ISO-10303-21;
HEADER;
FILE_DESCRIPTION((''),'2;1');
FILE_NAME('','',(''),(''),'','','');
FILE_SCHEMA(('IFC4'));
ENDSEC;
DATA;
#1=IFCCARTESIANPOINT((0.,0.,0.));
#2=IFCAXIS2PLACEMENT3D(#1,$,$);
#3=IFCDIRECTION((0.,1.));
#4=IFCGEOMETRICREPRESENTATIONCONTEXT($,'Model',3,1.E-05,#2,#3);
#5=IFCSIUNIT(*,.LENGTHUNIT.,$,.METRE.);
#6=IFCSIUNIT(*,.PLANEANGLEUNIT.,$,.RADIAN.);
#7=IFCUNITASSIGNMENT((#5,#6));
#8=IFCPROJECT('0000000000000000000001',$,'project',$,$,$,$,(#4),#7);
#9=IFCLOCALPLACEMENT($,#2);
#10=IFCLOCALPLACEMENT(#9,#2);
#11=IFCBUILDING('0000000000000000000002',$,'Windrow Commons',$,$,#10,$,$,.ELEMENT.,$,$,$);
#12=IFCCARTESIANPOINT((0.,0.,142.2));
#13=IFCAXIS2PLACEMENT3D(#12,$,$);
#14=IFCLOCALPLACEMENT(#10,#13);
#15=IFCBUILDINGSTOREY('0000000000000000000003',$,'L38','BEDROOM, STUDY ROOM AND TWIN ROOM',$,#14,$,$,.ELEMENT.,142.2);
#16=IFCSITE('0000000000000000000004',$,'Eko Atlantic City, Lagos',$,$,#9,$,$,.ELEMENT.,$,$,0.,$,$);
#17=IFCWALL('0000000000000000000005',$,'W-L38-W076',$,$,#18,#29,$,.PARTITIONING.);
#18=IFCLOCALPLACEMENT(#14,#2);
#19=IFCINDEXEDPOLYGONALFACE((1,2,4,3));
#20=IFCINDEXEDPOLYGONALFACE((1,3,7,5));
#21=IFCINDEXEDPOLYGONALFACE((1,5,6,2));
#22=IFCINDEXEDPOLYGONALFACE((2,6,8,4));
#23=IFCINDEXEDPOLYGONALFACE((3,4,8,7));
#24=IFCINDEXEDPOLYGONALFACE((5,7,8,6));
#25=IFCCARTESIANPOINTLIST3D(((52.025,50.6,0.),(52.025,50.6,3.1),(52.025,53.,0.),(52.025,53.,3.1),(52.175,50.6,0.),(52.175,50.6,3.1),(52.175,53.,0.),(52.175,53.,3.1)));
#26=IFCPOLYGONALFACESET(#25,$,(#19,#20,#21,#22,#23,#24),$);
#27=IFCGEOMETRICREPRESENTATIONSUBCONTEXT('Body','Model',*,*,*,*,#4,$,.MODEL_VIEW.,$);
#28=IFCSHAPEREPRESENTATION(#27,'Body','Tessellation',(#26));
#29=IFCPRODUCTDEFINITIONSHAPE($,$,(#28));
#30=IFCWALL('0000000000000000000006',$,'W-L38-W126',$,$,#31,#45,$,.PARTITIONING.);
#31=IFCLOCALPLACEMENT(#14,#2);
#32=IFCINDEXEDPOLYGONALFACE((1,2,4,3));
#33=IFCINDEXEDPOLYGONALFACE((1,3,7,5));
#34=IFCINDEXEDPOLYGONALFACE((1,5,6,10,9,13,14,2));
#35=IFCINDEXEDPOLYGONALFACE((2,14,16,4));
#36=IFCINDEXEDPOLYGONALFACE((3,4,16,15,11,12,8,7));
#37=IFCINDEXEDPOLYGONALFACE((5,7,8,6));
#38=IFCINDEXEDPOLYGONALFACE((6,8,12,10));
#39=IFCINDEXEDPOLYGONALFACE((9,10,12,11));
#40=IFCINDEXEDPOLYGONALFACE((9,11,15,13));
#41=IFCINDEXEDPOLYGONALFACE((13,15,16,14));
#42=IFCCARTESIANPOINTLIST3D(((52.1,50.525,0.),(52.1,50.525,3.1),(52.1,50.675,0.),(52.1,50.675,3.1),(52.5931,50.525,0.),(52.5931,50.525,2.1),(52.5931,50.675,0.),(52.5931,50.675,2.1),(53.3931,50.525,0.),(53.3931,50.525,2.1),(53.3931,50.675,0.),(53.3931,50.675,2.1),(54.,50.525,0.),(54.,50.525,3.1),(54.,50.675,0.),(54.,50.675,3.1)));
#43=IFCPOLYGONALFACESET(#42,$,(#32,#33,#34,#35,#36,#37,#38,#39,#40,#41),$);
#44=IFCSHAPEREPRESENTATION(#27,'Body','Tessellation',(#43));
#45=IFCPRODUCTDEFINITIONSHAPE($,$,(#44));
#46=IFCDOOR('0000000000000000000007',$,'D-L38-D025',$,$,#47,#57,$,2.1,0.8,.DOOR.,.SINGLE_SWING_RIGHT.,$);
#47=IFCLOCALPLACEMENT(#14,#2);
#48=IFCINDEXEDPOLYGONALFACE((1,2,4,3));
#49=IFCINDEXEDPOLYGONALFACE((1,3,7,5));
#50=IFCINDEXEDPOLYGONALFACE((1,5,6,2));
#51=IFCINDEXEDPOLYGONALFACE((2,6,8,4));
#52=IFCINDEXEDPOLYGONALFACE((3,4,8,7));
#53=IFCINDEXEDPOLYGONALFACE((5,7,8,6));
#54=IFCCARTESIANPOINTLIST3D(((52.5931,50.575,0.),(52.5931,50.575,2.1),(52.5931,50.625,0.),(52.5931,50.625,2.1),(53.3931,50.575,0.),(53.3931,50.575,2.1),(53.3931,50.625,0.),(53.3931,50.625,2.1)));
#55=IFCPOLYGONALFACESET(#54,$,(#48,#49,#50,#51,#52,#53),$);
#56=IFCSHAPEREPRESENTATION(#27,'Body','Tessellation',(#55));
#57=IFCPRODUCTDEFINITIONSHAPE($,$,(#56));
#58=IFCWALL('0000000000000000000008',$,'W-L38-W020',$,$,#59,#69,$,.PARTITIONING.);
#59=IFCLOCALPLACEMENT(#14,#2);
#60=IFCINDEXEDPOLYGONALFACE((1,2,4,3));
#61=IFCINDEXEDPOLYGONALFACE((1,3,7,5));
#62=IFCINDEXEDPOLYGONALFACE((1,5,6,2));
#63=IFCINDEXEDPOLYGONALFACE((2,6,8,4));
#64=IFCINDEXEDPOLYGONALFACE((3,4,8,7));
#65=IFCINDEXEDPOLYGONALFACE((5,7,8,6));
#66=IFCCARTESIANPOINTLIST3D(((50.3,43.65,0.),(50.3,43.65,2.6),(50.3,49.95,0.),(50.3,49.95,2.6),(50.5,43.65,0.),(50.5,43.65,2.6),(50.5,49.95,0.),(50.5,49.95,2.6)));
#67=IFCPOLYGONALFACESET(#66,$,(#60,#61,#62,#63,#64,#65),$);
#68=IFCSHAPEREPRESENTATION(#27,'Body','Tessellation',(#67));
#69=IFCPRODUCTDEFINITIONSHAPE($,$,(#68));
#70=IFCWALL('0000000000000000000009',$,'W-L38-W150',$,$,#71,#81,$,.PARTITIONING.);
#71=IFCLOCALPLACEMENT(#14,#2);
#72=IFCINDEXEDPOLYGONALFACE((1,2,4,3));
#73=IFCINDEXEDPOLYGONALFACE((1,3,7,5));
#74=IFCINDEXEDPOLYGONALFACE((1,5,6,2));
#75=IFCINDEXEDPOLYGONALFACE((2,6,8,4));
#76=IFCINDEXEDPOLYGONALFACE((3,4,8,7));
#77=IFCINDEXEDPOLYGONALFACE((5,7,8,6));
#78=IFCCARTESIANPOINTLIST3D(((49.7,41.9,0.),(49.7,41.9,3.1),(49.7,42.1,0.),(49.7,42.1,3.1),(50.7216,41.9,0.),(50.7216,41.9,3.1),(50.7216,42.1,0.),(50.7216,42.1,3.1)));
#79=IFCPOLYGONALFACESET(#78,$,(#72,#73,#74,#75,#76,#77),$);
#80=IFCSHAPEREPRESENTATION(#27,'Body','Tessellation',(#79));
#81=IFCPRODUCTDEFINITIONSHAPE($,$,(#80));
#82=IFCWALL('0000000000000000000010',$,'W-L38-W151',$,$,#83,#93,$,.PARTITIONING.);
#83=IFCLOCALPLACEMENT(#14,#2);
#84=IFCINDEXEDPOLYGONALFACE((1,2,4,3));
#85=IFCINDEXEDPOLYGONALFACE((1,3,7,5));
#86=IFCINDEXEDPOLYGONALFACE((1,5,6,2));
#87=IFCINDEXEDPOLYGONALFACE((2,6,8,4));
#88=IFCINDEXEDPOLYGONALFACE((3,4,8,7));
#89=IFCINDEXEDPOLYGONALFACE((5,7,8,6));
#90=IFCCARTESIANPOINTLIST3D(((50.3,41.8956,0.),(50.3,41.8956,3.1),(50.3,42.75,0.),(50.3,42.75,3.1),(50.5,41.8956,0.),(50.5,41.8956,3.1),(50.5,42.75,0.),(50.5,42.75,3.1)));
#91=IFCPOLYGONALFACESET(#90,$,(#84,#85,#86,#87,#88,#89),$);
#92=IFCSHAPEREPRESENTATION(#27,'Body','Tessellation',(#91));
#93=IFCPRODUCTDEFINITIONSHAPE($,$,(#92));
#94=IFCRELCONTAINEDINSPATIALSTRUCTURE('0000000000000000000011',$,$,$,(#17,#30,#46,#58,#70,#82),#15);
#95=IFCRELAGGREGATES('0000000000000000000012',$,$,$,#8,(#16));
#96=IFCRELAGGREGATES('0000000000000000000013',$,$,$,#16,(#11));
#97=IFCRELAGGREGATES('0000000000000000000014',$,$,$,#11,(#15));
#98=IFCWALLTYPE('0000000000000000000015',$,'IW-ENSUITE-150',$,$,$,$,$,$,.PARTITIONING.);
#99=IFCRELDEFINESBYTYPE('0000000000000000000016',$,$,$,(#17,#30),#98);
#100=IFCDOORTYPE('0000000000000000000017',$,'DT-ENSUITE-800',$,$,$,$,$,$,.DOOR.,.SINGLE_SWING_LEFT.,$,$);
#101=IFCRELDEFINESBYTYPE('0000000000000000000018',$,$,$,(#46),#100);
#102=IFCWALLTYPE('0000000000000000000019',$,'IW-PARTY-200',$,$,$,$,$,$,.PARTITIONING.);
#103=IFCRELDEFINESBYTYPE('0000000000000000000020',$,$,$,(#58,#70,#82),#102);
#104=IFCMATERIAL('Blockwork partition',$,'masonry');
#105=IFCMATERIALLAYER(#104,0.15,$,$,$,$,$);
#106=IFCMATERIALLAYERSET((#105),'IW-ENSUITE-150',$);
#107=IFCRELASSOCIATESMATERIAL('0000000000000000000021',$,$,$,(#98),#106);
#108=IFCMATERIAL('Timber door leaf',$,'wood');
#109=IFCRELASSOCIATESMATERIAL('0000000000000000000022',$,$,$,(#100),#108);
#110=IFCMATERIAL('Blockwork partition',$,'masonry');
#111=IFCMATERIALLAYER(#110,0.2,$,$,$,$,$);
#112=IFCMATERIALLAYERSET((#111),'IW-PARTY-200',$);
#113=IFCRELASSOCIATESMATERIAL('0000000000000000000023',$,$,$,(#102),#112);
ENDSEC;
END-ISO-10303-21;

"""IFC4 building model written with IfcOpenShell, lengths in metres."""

from ifc_helpers import new_model, si_unit, direction, frame, frame_2d, origin, place, context, subcontext, project, spatial, rectangle, extrude, material, layer, layer_set, type_object, element, fill, save


model = new_model("IFC4")

# Units and contexts
model_context = context("Model", 3, precision=1e-05, world=origin(), true_north=direction((0.0, 1.0)))
body_context = subcontext(model_context, "Body", "Model", "MODEL_VIEW")
ifc_project = project(units=[si_unit("LENGTHUNIT", "METRE"), si_unit("PLANEANGLEUNIT", "RADIAN")], contexts=[model_context])

# Site, building, storey
site_placement = place(None, origin())
site = spatial("IfcSite", under=ifc_project, at=site_placement, Name="Eko Atlantic City, Lagos", CompositionType="ELEMENT", RefElevation=0.0)
building_placement = place(site_placement, origin())
building = spatial("IfcBuilding", under=site, at=building_placement, Name="Windrow Commons", CompositionType="ELEMENT")
storey_placement = place(building_placement, frame((0.0, 0.0, 142.2)))
storey = spatial("IfcBuildingStorey", under=building, at=storey_placement, Name="L38", Description="BEDROOM, STUDY ROOM AND TWIN ROOM", CompositionType="ELEMENT", Elevation=142.2)

# Wall
ifc_material_1 = material(Name="Blockwork partition", Category="masonry")
ifc_layer_1 = layer(ifc_material_1, 0.15)
ifc_layer_set_1 = layer_set([ifc_layer_1], Name="IW-ENSUITE-150")
wall_type_1 = type_object("IfcWallType", Name="IW-ENSUITE-150", PredefinedType="PARTITIONING", material=ifc_layer_set_1)
wall_1_placement = place(storey_placement, frame((52.1, 50.6, 0.0), z_axis=(0.0, 0.0, 1.0), x_axis=(0.0, 1.0, 0.0)))
element("IfcWall", 1, at=wall_1_placement, inside=storey, type_object=wall_type_1, Name="W-L38-W076", PredefinedType="PARTITIONING", context=body_context, shape_type="SweptSolid", body=[
    extrude(rectangle(XDim=2.4, YDim=0.15, at=frame_2d((1.2, 0.0))), origin(), (0.0, 0.0, 1.0), 3.1),
])

# Wall, opening, door
wall_2_placement = place(storey_placement, frame((52.1, 50.6, 0.0), z_axis=(0.0, 0.0, 1.0), x_axis=(1.0, 0.0, 0.0)))
wall_2 = element("IfcWall", 2, at=wall_2_placement, inside=storey, type_object=wall_type_1, Name="W-L38-W126", PredefinedType="PARTITIONING", context=body_context, shape_type="SweptSolid", body=[
    extrude(rectangle(XDim=1.9, YDim=0.15, at=frame_2d((0.95, 0.0))), origin(), (0.0, 0.0, 1.0), 3.1),
])
opening_1_placement = place(wall_2_placement, frame((0.4931, 0.0, 0.0)))
opening_1 = element("IfcOpeningElement", 3, at=opening_1_placement, cuts=wall_2, PredefinedType="OPENING", context=body_context, shape_type="SweptSolid", body=[
    extrude(rectangle(XDim=0.8, YDim=2.1, at=frame_2d((0.4, 1.05))), frame((0.0, 0.085, 0.0), z_axis=(0.0, -1.0, 0.0), x_axis=(1.0, 0.0, 0.0)), (0.0, 0.0, 1.0), 0.17),
])
ifc_material_2 = material(Name="Timber door leaf", Category="wood")
door_type = type_object("IfcDoorType", Name="DT-ENSUITE-800", OperationType="SINGLE_SWING_LEFT", PredefinedType="DOOR", material=ifc_material_2)
door_placement = place(opening_1_placement, origin())
door = element("IfcDoor", 4, at=door_placement, inside=storey, type_object=door_type, Name="D-L38-D025", OperationType="SINGLE_SWING_RIGHT", OverallHeight=2.1, OverallWidth=0.8, PredefinedType="DOOR", context=body_context, shape_type="SweptSolid", body=[
    extrude(rectangle(XDim=0.8, YDim=2.1, at=frame_2d((0.4, 1.05))), frame((0.0, 0.025, 0.0), z_axis=(0.0, -1.0, 0.0), x_axis=(1.0, 0.0, 0.0)), (0.0, 0.0, 1.0), 0.05),
])
fill(opening_1, door)

# Walls
ifc_material_3 = material(Name="Blockwork partition", Category="masonry")
ifc_layer_2 = layer(ifc_material_3, 0.2)
ifc_layer_set_2 = layer_set([ifc_layer_2], Name="IW-PARTY-200")
wall_type_2 = type_object("IfcWallType", Name="IW-PARTY-200", PredefinedType="PARTITIONING", material=ifc_layer_set_2)
wall_3_placement = place(storey_placement, frame((50.4, 43.65, 0.0), z_axis=(0.0, 0.0, 1.0), x_axis=(0.0, 1.0, 0.0)))
element("IfcWall", 5, at=wall_3_placement, inside=storey, type_object=wall_type_2, Name="W-L38-W020", PredefinedType="PARTITIONING", context=body_context, shape_type="SweptSolid", body=[
    extrude(rectangle(XDim=6.3, YDim=0.2, at=frame_2d((3.15, 0.0))), origin(), (0.0, 0.0, 1.0), 2.6),
])
wall_4_placement = place(storey_placement, frame((49.7, 42.0, 0.0), z_axis=(0.0, 0.0, 1.0), x_axis=(1.0, 0.0, 0.0)))
element("IfcWall", 6, at=wall_4_placement, inside=storey, type_object=wall_type_2, Name="W-L38-W150", PredefinedType="PARTITIONING", context=body_context, shape_type="SweptSolid", body=[
    extrude(rectangle(XDim=1.0216, YDim=0.2, at=frame_2d((0.5108, 0.0))), origin(), (0.0, 0.0, 1.0), 3.1),
])
wall_5_placement = place(storey_placement, frame((50.4, 41.8956, 0.0), z_axis=(0.0, 0.0, 1.0), x_axis=(0.0, 1.0, 0.0)))
element("IfcWall", 7, at=wall_5_placement, inside=storey, type_object=wall_type_2, Name="W-L38-W151", PredefinedType="PARTITIONING", context=body_context, shape_type="SweptSolid", body=[
    extrude(rectangle(XDim=0.8544, YDim=0.2, at=frame_2d((0.4272, 0.0))), origin(), (0.0, 0.0, 1.0), 3.1),
])

save(model, "model.ifc")
